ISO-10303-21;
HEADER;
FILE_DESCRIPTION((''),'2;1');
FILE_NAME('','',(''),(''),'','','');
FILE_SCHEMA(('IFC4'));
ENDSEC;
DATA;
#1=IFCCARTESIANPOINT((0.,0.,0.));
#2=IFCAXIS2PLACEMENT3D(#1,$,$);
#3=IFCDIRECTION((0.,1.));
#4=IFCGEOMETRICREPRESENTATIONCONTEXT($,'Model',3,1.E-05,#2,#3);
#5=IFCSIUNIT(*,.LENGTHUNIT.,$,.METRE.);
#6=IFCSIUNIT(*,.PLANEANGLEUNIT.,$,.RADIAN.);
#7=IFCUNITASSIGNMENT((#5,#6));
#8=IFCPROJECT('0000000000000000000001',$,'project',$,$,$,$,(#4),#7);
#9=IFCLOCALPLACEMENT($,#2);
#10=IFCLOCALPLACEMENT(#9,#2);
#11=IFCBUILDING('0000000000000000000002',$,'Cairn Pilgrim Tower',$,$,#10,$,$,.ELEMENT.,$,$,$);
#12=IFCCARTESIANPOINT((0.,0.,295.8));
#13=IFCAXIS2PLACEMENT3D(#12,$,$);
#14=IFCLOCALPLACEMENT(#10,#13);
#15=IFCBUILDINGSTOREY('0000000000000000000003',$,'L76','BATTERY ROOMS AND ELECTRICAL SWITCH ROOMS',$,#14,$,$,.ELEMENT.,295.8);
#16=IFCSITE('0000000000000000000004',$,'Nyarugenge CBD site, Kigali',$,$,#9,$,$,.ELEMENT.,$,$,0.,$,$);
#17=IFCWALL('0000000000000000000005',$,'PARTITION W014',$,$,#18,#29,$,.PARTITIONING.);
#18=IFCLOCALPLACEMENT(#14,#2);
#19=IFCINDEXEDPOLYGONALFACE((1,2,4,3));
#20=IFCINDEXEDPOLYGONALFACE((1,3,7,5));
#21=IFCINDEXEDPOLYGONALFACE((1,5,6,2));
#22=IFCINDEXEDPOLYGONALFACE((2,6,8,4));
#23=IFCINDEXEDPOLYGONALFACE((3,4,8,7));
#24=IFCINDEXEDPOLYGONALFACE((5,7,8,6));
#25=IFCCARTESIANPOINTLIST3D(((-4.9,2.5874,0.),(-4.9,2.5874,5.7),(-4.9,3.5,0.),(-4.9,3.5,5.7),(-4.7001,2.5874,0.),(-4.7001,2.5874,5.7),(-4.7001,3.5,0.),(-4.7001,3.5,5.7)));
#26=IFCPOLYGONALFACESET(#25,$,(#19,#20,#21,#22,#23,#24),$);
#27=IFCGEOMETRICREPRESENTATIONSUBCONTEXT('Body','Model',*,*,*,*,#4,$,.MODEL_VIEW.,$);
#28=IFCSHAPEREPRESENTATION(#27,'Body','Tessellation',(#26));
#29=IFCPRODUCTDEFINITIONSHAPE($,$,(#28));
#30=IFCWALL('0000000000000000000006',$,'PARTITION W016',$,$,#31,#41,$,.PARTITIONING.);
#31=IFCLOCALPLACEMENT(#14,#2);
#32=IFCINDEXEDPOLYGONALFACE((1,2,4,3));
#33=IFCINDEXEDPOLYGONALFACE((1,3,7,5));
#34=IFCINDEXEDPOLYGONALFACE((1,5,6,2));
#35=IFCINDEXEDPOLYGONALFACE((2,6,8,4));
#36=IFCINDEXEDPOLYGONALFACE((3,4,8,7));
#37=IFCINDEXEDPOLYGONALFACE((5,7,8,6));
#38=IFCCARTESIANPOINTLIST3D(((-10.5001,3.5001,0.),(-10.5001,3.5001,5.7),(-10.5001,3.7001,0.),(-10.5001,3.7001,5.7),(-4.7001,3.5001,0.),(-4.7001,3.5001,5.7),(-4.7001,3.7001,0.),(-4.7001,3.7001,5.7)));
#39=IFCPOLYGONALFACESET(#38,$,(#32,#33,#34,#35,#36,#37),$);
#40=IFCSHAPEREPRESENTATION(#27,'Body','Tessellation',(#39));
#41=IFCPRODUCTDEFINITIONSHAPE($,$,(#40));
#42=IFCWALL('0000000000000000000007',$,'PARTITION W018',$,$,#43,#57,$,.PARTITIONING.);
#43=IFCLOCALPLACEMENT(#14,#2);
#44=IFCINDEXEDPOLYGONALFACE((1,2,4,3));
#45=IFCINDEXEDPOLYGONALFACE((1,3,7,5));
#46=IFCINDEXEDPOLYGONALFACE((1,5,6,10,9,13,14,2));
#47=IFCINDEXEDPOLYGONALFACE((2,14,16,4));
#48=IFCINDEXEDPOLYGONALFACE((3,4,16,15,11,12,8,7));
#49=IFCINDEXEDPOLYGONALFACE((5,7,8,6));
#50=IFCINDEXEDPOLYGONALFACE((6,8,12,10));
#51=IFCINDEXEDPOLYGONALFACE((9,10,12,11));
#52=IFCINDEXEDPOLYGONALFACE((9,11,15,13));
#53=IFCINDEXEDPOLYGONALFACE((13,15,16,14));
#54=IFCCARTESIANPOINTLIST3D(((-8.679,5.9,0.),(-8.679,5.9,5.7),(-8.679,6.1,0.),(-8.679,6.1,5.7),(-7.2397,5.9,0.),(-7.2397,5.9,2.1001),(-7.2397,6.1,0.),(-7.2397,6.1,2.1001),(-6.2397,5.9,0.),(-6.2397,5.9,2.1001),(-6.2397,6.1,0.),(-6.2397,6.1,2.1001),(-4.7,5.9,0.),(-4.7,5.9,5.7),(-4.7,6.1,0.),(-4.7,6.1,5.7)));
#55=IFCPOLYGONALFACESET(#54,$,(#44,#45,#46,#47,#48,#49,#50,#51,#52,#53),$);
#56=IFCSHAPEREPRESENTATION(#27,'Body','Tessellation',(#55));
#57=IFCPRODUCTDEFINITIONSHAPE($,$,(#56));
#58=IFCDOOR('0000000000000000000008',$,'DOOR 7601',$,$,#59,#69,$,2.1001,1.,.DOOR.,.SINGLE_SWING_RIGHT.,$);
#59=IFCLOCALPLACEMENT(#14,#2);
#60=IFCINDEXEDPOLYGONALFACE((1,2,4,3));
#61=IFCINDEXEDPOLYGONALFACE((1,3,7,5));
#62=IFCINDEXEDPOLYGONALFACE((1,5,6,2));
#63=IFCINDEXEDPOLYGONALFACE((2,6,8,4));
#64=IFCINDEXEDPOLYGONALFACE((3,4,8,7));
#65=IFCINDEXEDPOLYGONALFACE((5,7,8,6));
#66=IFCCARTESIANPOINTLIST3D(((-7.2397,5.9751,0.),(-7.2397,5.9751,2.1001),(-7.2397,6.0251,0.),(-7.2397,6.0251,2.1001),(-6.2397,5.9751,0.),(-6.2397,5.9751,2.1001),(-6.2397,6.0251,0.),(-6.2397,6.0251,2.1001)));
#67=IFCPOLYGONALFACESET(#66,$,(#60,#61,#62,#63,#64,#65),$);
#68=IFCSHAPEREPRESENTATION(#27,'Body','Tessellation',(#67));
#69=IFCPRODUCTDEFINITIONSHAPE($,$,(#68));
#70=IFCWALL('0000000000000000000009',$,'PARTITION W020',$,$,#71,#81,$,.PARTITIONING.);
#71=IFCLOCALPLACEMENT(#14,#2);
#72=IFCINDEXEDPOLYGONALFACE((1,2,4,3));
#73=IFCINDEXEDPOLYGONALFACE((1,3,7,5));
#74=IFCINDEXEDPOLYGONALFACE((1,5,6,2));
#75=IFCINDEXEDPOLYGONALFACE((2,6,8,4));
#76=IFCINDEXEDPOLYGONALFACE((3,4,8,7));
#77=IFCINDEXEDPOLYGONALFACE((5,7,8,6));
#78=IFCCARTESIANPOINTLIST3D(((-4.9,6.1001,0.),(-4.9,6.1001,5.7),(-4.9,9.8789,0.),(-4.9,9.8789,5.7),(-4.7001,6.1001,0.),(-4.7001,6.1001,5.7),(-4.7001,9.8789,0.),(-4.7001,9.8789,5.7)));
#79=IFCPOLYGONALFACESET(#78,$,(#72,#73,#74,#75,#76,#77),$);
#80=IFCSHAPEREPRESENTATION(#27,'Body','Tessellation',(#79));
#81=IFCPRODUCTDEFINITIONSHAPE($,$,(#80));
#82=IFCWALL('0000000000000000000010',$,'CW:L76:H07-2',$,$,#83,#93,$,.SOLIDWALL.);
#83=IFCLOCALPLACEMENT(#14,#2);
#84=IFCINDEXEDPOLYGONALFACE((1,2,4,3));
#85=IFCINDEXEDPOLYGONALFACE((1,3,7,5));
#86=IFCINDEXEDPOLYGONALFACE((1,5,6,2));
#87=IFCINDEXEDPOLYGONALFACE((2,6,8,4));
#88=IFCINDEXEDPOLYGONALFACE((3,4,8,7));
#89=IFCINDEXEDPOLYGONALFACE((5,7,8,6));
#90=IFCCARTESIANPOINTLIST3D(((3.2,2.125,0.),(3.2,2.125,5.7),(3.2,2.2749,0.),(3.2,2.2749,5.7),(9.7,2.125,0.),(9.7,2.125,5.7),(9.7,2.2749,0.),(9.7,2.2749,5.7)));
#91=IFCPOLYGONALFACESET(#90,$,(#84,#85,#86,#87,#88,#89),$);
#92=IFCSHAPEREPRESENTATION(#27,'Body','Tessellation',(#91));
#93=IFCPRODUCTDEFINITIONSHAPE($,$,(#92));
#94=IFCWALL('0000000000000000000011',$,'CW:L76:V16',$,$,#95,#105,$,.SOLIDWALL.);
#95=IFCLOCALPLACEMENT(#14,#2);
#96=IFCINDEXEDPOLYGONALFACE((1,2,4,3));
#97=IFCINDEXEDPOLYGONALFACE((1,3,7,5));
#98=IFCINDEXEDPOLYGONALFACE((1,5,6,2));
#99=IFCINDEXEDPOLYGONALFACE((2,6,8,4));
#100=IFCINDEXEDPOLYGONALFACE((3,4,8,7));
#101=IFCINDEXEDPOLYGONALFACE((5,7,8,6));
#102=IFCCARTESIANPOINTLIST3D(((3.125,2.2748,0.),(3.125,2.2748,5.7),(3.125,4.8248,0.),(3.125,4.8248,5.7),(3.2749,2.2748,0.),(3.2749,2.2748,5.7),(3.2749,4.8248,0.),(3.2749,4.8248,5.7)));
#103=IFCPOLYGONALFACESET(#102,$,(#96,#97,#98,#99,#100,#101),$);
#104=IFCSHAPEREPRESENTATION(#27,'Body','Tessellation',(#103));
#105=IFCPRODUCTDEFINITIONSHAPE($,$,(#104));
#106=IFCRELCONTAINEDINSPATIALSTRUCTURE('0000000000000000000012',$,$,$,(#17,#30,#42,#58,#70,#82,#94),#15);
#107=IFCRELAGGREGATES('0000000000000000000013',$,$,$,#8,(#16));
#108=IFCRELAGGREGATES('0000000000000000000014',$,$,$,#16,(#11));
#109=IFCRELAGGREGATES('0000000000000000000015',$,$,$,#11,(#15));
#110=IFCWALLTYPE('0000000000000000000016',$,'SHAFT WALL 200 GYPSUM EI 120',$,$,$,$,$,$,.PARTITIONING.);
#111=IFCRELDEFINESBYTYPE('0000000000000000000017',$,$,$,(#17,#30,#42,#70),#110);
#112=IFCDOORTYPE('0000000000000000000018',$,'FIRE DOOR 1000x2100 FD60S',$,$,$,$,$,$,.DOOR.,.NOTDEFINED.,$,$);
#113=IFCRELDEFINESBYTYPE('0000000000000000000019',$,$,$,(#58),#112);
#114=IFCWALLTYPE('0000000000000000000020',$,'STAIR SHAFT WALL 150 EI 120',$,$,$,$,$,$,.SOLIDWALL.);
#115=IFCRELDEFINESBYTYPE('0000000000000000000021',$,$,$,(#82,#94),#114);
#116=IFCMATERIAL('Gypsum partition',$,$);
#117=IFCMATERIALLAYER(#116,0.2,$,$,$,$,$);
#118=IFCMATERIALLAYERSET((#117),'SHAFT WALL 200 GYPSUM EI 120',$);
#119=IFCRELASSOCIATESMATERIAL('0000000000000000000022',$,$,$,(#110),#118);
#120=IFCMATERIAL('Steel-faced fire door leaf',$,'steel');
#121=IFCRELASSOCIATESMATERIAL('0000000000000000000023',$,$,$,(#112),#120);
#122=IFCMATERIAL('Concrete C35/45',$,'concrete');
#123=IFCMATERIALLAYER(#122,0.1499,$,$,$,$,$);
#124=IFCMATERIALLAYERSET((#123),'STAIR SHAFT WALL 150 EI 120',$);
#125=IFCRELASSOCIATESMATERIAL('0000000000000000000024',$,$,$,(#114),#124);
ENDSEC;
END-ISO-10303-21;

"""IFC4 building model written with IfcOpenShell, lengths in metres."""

from ifc_helpers import new_model, si_unit, direction, frame, frame_2d, origin, place, context, subcontext, project, spatial, rectangle, extrude, material, layer, layer_set, type_object, element, fill, save


model = new_model("IFC4")

# Units and contexts
model_context = context("Model", 3, precision=1e-05, world=origin(), true_north=direction((0.0, 1.0)))
body_context = subcontext(model_context, "Body", "Model", "MODEL_VIEW")
ifc_project = project(units=[si_unit("LENGTHUNIT", "METRE"), si_unit("PLANEANGLEUNIT", "RADIAN")], contexts=[model_context])

# Site, building, storey
site_placement = place(None, origin())
site = spatial("IfcSite", under=ifc_project, at=site_placement, Name="Nyarugenge CBD site, Kigali", CompositionType="ELEMENT", RefElevation=0.0)
building_placement = place(site_placement, origin())
building = spatial("IfcBuilding", under=site, at=building_placement, Name="Cairn Pilgrim Tower", CompositionType="ELEMENT")
storey_placement = place(building_placement, frame((0.0, 0.0, 295.8)))
storey = spatial("IfcBuildingStorey", under=building, at=storey_placement, Name="L76", Description="BATTERY ROOMS AND ELECTRICAL SWITCH ROOMS", CompositionType="ELEMENT", Elevation=295.8)

# Walls
ifc_material_1 = material(Name="Gypsum partition")
ifc_layer_1 = layer(ifc_material_1, 0.2)
ifc_layer_set_1 = layer_set([ifc_layer_1], Name="SHAFT WALL 200 GYPSUM EI 120")
wall_type_1 = type_object("IfcWallType", Name="SHAFT WALL 200 GYPSUM EI 120", PredefinedType="PARTITIONING", material=ifc_layer_set_1)
wall_1_placement = place(storey_placement, frame((-4.8, 2.5874, 0.0), z_axis=(0.0, 0.0, 1.0), x_axis=(0.0, 1.0, 0.0)))
element("IfcWall", 1, at=wall_1_placement, inside=storey, type_object=wall_type_1, Name="PARTITION W014", PredefinedType="PARTITIONING", context=body_context, shape_type="SweptSolid", body=[
    extrude(rectangle(XDim=0.9126, YDim=0.2, at=frame_2d((0.4563, 0.0))), origin(), (0.0, 0.0, 1.0), 5.7),
])
wall_2_placement = place(storey_placement, frame((-10.5, 3.6001, 0.0), z_axis=(0.0, 0.0, 1.0), x_axis=(1.0, 0.0, 0.0)))
element("IfcWall", 2, at=wall_2_placement, inside=storey, type_object=wall_type_1, Name="PARTITION W016", PredefinedType="PARTITIONING", context=body_context, shape_type="SweptSolid", body=[
    extrude(rectangle(XDim=5.8, YDim=0.2, at=frame_2d((2.8999, 0.0))), origin(), (0.0, 0.0, 1.0), 5.7),
])

# Wall, opening, door
wall_3_placement = place(storey_placement, frame((-8.679, 6.0, 0.0), z_axis=(0.0, 0.0, 1.0), x_axis=(1.0, 0.0, 0.0)))
wall_3 = element("IfcWall", 3, at=wall_3_placement, inside=storey, type_object=wall_type_1, Name="PARTITION W018", PredefinedType="PARTITIONING", context=body_context, shape_type="SweptSolid", body=[
    extrude(rectangle(XDim=3.979, YDim=0.2, at=frame_2d((1.9895, 0.0))), origin(), (0.0, 0.0, 1.0), 5.7),
])
opening_placement = place(wall_3_placement, frame((1.4392, 0.0, 0.0)))
opening = element("IfcOpeningElement", 4, at=opening_placement, cuts=wall_3, PredefinedType="OPENING", context=body_context, shape_type="SweptSolid", body=[
    extrude(rectangle(XDim=1.0, YDim=2.1001, at=frame_2d((0.5, 1.05))), frame((0.0, 0.1099, 0.0), z_axis=(0.0, -1.0, 0.0), x_axis=(1.0, 0.0, 0.0)), (0.0, 0.0, 1.0), 0.22),
])
ifc_material_2 = material(Name="Steel-faced fire door leaf", Category="steel")
door_type = type_object("IfcDoorType", Name="FIRE DOOR 1000x2100 FD60S", OperationType="NOTDEFINED", PredefinedType="DOOR", material=ifc_material_2)
door_placement = place(opening_placement, frame((1.0, 0.0, 0.0), z_axis=(0.0, 0.0, 1.0), x_axis=(-1.0, 0.0, 0.0)))
door = element("IfcDoor", 5, at=door_placement, inside=storey, type_object=door_type, Name="DOOR 7601", OperationType="SINGLE_SWING_RIGHT", OverallHeight=2.1001, OverallWidth=1.0, PredefinedType="DOOR", context=body_context, shape_type="SweptSolid", body=[
    extrude(rectangle(XDim=1.0, YDim=2.1001, at=frame_2d((0.5, 1.05))), frame((0.0, 0.0249, 0.0), z_axis=(0.0, -1.0, 0.0), x_axis=(1.0, 0.0, 0.0)), (0.0, 0.0, 1.0), 0.05),
])
fill(opening, door)

# Walls
wall_4_placement = place(storey_placement, frame((-4.8, 6.1001, 0.0), z_axis=(0.0, 0.0, 1.0), x_axis=(0.0, 1.0, 0.0)))
element("IfcWall", 6, at=wall_4_placement, inside=storey, type_object=wall_type_1, Name="PARTITION W020", PredefinedType="PARTITIONING", context=body_context, shape_type="SweptSolid", body=[
    extrude(rectangle(XDim=3.7788, YDim=0.2, at=frame_2d((1.8894, 0.0))), origin(), (0.0, 0.0, 1.0), 5.7),
])
ifc_material_3 = material(Name="Concrete C35/45", Category="concrete")
ifc_layer_2 = layer(ifc_material_3, 0.1499)
ifc_layer_set_2 = layer_set([ifc_layer_2], Name="STAIR SHAFT WALL 150 EI 120")
wall_type_2 = type_object("IfcWallType", Name="STAIR SHAFT WALL 150 EI 120", PredefinedType="SOLIDWALL", material=ifc_layer_set_2)
wall_5_placement = place(storey_placement, frame((3.2, 2.2, 0.0), z_axis=(0.0, 0.0, 1.0), x_axis=(1.0, 0.0, 0.0)))
element("IfcWall", 7, at=wall_5_placement, inside=storey, type_object=wall_type_2, Name="CW:L76:H07-2", PredefinedType="SOLIDWALL", context=body_context, shape_type="SweptSolid", body=[
    extrude(rectangle(XDim=6.5, YDim=0.1499, at=frame_2d((3.25, 0.0))), origin(), (0.0, 0.0, 1.0), 5.7),
])
wall_6_placement = place(storey_placement, frame((3.2, 2.2749, 0.0), z_axis=(0.0, 0.0, 1.0), x_axis=(0.0, 1.0, 0.0)))
element("IfcWall", 8, at=wall_6_placement, inside=storey, type_object=wall_type_2, Name="CW:L76:V16", PredefinedType="SOLIDWALL", context=body_context, shape_type="SweptSolid", body=[
    extrude(rectangle(XDim=2.55, YDim=0.1499, at=frame_2d((1.2749, 0.0))), origin(), (0.0, 0.0, 1.0), 5.7),
])

save(model, "model.ifc")
